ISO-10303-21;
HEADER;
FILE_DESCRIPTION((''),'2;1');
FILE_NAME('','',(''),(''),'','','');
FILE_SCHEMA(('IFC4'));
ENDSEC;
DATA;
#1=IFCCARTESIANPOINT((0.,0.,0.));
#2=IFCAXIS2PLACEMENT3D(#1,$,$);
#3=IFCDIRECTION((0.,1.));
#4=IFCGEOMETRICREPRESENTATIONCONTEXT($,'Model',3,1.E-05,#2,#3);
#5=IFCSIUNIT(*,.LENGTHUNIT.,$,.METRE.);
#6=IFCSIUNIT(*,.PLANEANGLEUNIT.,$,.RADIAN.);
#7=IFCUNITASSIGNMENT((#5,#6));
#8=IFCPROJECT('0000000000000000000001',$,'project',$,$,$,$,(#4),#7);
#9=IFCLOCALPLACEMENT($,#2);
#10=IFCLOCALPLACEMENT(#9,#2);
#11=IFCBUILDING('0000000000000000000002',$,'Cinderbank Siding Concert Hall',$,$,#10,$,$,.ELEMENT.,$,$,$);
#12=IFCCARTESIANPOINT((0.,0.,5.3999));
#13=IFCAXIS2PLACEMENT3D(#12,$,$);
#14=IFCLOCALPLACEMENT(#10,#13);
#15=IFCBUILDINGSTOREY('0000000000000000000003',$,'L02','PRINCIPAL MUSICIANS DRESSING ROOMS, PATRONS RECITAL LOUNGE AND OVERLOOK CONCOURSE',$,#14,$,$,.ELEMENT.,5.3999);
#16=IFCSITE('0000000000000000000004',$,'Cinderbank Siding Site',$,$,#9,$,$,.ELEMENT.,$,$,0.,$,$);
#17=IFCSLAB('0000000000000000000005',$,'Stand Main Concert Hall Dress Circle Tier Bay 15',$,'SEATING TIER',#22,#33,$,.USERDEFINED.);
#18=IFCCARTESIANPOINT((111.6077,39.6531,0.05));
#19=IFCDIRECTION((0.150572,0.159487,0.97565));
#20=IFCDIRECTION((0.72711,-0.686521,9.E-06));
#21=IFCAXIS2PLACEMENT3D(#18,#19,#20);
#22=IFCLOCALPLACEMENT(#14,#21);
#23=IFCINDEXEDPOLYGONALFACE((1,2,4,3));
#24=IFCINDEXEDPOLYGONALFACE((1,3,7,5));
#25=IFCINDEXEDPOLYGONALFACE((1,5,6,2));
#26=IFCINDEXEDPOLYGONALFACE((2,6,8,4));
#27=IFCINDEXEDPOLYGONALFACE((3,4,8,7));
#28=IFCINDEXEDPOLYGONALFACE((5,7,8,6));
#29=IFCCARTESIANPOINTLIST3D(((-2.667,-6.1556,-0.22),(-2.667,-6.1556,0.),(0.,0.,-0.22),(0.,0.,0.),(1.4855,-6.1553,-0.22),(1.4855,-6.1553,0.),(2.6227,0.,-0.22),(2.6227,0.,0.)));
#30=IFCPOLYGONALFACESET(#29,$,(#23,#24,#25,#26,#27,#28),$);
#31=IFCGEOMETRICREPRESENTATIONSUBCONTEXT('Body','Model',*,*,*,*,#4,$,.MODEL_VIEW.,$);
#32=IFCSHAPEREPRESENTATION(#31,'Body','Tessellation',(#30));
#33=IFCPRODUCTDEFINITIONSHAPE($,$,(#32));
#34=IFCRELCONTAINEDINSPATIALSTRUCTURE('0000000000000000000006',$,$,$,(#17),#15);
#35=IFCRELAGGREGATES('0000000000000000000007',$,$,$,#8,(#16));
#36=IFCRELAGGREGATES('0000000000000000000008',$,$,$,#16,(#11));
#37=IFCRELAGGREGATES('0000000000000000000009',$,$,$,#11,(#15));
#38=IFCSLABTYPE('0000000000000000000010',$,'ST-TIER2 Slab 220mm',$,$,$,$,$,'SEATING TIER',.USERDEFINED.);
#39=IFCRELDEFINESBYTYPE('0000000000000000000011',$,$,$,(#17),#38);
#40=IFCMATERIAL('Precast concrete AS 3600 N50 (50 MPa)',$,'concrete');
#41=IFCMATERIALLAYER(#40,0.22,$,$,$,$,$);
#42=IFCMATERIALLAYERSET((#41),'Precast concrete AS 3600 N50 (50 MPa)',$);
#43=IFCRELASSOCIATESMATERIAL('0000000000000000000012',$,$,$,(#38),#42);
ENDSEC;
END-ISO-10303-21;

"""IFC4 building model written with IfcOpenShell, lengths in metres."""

from ifc_helpers import new_model, si_unit, direction, frame, origin, place, context, subcontext, project, spatial, polyline, outline, extrude, material, layer, layer_set, type_object, element, save


model = new_model("IFC4")

# Units and contexts
model_context = context("Model", 3, precision=1e-05, world=origin(), true_north=direction((0.0, 1.0)))
body_context = subcontext(model_context, "Body", "Model", "MODEL_VIEW")
ifc_project = project(units=[si_unit("LENGTHUNIT", "METRE"), si_unit("PLANEANGLEUNIT", "RADIAN")], contexts=[model_context])

# Site, building, storey
site_placement = place(None, origin())
site = spatial("IfcSite", under=ifc_project, at=site_placement, Name="Cinderbank Siding Site", CompositionType="ELEMENT", RefElevation=0.0)
building_placement = place(site_placement, origin())
building = spatial("IfcBuilding", under=site, at=building_placement, Name="Cinderbank Siding Concert Hall", CompositionType="ELEMENT")
storey_placement = place(building_placement, frame((0.0, 0.0, 5.3999)))
storey = spatial("IfcBuildingStorey", under=building, at=storey_placement, Name="L02", Description="PRINCIPAL MUSICIANS DRESSING ROOMS, PATRONS RECITAL LOUNGE AND OVERLOOK CONCOURSE", CompositionType="ELEMENT", Elevation=5.3999)

# Slab
ifc_material_1 = material(Name="Precast concrete AS 3600 N50 (50 MPa)", Category="concrete")
ifc_layer_1 = layer(ifc_material_1, 0.22)
ifc_layer_set_1 = layer_set([ifc_layer_1], Name="Precast concrete AS 3600 N50 (50 MPa)")
slab_type = type_object("IfcSlabType", Name="ST-TIER2 Slab 220mm", ElementType="SEATING TIER", PredefinedType="USERDEFINED", material=ifc_layer_set_1)
slab_1_placement = place(storey_placement, frame((111.6077, 39.6531, 0.05), z_axis=(0.150572, 0.159487, 0.97565), x_axis=(0.72711, -0.686521, 0.000009)))
element("IfcSlab", 1, at=slab_1_placement, inside=storey, type_object=slab_type, Name="Stand Main Concert Hall Dress Circle Tier Bay 15", ObjectType="SEATING TIER", PredefinedType="USERDEFINED", context=body_context, shape_type="SweptSolid", body=[
    extrude(outline(polyline([(0.0, 0.0), (2.6227, 0.0), (1.4855, -6.1553), (-2.667, -6.1556), (0.0, 0.0)])), origin(), (0.0, 0.0, -1.0), 0.22),
])

save(model, "model.ifc")
